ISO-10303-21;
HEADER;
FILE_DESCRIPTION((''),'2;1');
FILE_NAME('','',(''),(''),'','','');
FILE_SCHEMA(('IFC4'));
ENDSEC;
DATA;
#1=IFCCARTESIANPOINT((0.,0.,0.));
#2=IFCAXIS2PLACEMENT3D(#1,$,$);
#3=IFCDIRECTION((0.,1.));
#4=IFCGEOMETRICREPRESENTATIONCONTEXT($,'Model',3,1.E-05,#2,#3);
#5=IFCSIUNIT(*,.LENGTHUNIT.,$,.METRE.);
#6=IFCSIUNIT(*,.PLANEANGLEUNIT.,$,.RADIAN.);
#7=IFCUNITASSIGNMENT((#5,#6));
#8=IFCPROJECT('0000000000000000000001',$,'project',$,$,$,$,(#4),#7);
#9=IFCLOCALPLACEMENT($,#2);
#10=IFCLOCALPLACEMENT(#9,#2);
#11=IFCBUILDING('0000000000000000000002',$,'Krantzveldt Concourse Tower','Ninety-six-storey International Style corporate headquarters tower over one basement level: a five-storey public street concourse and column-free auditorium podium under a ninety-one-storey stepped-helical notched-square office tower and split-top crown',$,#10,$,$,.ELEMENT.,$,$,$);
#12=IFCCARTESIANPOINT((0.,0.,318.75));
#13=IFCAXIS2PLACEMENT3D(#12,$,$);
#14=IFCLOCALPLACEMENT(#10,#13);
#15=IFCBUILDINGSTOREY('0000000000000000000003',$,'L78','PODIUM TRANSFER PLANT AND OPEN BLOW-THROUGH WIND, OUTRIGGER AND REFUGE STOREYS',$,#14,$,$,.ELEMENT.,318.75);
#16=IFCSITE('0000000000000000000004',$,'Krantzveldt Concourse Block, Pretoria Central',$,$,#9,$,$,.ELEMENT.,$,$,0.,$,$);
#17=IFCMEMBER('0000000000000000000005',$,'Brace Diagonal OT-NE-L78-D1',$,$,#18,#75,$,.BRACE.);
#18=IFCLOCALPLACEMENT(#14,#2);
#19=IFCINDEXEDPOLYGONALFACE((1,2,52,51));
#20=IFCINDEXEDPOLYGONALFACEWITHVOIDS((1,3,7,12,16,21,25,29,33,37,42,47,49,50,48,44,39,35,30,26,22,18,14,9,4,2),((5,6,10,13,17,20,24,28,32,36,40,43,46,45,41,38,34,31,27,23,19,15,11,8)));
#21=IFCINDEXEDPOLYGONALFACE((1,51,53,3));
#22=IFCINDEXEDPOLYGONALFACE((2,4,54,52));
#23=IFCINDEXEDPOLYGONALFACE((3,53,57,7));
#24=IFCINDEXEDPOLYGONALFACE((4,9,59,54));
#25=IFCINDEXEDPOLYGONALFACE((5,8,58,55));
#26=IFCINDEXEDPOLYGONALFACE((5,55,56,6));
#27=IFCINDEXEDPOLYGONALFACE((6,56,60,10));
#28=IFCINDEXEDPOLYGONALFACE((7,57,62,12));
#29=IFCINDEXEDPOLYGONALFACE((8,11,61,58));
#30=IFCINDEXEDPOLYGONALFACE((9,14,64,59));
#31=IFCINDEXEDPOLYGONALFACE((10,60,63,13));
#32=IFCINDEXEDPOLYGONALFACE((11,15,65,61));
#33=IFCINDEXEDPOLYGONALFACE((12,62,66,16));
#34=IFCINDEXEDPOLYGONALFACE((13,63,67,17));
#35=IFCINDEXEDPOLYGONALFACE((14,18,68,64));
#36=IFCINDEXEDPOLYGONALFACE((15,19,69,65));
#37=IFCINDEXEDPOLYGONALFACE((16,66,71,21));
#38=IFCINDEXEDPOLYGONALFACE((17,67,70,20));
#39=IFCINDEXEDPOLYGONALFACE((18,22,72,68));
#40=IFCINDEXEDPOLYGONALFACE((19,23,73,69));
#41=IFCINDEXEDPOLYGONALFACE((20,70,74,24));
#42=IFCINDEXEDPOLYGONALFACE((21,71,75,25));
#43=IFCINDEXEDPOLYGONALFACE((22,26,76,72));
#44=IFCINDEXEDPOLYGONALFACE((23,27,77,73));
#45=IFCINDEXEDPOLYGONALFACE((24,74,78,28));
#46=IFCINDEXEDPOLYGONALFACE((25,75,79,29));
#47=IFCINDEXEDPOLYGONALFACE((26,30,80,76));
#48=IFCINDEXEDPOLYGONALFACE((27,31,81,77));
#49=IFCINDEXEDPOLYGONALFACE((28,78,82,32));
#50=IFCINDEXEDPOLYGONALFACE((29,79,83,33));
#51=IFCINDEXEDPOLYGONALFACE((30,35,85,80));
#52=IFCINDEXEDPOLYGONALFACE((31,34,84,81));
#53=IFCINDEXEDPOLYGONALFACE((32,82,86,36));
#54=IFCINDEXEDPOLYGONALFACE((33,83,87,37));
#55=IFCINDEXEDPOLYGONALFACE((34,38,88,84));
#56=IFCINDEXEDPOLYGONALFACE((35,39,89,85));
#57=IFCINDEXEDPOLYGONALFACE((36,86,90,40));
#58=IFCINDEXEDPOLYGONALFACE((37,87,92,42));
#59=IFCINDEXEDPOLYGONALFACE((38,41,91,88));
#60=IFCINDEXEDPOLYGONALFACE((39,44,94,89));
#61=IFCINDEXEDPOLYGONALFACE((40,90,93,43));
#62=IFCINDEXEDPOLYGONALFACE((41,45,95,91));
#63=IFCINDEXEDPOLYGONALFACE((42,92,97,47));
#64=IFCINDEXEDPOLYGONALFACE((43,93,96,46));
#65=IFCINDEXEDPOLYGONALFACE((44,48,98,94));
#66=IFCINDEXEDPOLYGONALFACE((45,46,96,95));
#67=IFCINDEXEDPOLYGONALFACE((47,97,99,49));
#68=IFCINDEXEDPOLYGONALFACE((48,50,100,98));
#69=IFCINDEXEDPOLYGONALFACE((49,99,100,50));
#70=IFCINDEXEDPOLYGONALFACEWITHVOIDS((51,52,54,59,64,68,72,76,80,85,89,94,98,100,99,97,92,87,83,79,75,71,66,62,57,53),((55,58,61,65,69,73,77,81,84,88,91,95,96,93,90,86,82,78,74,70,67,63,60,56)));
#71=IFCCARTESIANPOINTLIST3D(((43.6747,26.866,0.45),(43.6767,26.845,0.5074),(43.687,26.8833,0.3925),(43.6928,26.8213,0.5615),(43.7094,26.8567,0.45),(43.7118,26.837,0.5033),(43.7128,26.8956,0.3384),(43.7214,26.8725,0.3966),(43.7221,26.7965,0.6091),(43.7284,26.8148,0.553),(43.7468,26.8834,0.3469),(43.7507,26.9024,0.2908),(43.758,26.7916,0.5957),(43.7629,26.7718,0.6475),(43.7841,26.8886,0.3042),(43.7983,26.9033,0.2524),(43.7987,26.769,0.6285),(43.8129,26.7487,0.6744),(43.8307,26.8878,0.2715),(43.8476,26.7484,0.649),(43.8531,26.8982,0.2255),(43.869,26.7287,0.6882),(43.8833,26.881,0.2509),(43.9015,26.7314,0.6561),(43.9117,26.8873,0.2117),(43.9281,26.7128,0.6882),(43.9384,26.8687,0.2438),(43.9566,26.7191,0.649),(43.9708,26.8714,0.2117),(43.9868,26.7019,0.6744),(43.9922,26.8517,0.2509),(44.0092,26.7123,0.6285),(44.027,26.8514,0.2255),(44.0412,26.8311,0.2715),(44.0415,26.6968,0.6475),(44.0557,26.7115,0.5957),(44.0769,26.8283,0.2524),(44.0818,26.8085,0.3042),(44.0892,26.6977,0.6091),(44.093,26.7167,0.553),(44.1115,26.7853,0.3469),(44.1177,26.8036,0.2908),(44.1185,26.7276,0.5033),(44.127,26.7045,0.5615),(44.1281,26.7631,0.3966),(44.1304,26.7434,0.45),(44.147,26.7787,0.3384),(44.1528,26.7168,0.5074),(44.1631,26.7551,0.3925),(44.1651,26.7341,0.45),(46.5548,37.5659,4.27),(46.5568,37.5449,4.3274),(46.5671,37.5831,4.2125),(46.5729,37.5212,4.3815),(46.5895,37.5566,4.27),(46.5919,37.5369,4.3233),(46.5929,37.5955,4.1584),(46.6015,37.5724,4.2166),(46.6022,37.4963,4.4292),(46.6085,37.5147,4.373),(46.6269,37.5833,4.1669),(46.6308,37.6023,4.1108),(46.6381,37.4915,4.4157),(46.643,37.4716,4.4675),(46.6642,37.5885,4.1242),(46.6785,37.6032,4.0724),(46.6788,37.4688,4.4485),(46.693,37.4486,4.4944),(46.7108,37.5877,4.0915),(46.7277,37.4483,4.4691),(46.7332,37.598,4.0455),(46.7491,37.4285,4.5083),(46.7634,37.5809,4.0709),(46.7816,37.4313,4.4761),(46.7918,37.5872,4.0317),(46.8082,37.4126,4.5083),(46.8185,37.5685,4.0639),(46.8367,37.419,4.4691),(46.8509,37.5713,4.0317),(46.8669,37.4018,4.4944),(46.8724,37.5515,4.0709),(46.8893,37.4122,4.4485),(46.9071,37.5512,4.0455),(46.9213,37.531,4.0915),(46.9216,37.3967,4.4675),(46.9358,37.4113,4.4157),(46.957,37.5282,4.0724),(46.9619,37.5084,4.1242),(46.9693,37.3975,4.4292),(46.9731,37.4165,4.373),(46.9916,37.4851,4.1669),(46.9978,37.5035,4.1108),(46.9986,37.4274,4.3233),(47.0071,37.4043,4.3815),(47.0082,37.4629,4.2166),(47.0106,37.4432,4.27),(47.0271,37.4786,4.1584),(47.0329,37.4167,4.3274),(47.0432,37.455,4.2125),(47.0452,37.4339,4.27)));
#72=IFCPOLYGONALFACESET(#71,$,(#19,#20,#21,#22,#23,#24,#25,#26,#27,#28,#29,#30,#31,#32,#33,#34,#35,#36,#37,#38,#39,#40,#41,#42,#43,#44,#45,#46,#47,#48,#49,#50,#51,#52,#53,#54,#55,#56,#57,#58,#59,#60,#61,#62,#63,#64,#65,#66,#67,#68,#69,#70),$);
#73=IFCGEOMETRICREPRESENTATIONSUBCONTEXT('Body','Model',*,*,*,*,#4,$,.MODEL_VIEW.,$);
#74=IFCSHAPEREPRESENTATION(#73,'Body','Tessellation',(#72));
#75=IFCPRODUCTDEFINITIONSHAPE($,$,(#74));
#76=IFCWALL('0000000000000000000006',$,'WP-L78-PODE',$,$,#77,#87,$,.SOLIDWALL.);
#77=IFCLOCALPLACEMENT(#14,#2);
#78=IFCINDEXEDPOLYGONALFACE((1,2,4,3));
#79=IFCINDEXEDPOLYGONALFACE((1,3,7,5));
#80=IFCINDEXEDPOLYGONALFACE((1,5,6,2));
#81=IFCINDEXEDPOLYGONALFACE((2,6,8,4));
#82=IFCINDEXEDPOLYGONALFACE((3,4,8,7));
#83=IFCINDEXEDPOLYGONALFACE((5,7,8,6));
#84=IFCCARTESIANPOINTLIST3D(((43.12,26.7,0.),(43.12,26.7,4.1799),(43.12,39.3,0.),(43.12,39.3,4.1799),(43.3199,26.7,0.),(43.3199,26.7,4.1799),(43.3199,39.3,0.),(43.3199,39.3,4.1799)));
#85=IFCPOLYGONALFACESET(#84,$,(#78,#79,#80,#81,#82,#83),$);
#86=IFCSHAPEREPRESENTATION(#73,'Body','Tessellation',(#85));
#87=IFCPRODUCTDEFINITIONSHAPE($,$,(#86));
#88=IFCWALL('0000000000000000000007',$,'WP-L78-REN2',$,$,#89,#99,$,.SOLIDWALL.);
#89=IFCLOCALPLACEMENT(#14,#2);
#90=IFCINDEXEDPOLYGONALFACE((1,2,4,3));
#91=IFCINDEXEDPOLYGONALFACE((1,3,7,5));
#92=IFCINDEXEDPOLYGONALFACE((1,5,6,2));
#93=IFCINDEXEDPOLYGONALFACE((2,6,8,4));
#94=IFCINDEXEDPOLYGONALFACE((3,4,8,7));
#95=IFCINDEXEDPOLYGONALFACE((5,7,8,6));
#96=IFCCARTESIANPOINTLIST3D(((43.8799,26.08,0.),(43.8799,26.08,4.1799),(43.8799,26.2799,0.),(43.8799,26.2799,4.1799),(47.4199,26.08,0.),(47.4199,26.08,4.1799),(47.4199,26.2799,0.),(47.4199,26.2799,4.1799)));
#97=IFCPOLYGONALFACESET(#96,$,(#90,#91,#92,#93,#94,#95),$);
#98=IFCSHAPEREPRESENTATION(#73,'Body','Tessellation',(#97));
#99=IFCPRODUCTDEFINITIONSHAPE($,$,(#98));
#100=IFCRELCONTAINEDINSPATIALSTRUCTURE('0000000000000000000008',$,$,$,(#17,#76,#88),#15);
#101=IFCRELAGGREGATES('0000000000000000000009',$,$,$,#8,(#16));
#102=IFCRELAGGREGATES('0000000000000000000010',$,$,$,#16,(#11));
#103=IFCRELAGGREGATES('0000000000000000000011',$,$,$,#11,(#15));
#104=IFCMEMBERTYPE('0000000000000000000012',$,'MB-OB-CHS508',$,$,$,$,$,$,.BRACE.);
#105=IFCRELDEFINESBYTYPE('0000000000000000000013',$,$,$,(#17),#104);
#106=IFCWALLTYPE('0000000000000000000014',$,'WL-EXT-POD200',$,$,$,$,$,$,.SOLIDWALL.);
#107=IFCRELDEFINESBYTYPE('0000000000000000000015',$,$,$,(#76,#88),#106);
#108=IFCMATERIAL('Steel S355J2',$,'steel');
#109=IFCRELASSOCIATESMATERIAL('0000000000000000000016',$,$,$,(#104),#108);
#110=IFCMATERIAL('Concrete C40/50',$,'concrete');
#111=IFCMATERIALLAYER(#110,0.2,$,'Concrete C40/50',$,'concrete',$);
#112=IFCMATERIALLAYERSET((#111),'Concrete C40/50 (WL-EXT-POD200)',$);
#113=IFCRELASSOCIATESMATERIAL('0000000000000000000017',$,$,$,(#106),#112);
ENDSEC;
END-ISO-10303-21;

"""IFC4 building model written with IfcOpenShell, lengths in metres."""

from ifc_helpers import new_model, si_unit, direction, frame, frame_2d, origin, origin_2d, place, context, subcontext, project, spatial, rectangle, hollow_circle, extrude, source, transform, mapped, material, layer, layer_set, material_profile, profile_set, type_object, type_shapes, element, save


model = new_model("IFC4")

# Units and contexts
model_context = context("Model", 3, precision=1e-05, world=origin(), true_north=direction((0.0, 1.0)))
body_context = subcontext(model_context, "Body", "Model", "MODEL_VIEW")
ifc_project = project(units=[si_unit("LENGTHUNIT", "METRE"), si_unit("PLANEANGLEUNIT", "RADIAN")], contexts=[model_context])

# Site, building, storey
site_placement = place(None, origin())
site = spatial("IfcSite", under=ifc_project, at=site_placement, Name="Krantzveldt Concourse Block, Pretoria Central", CompositionType="ELEMENT", RefElevation=0.0)
building_placement = place(site_placement, origin())
building = spatial("IfcBuilding", under=site, at=building_placement, Name="Krantzveldt Concourse Tower", Description="Ninety-six-storey International Style corporate headquarters tower over one basement level: a five-storey public street concourse and column-free auditorium podium under a ninety-one-storey stepped-helical notched-square office tower and split-top crown", CompositionType="ELEMENT")
storey_placement = place(building_placement, frame((0.0, 0.0, 318.75)))
storey = spatial("IfcBuildingStorey", under=building, at=storey_placement, Name="L78", Description="PODIUM TRANSFER PLANT AND OPEN BLOW-THROUGH WIND, OUTRIGGER AND REFUGE STOREYS", CompositionType="ELEMENT", Elevation=318.75)

# Shared definitions
ifc_material_1 = material(Name="Steel S355J2", Category="steel")

# Member
ifc_material_profile_1 = material_profile(ifc_material_1, hollow_circle(Radius=0.2539, WallThickness=0.0359, at=origin_2d()), Name="Steel S355J2", Category="steel")
ifc_profile_set_1 = profile_set([ifc_material_profile_1], Name="Steel S355J2 - CHS 508x36")
member_type = type_object("IfcMemberType", Name="MB-OB-CHS508", PredefinedType="BRACE", material=ifc_profile_set_1)
shared_shape_1 = source(origin(), body_context, "Body", "SweptSolid", [
    extrude(hollow_circle(Radius=0.2539, WallThickness=0.0359, at=origin_2d()), origin(), (0.0, 0.0, 1.0), 11.7207),
])
type_shapes(member_type, [shared_shape_1])
member_placement = place(storey_placement, frame((43.9199, 26.8, 0.45), z_axis=(0.245728, 0.912903, 0.325922), x_axis=(-0.96563, 0.259921, 0.0)))
element("IfcMember", 1, at=member_placement, inside=storey, type_object=member_type, Name="Brace Diagonal OT-NE-L78-D1", PredefinedType="BRACE", context=body_context, shape_type="MappedRepresentation", body=[
    mapped(shared_shape_1, transform((0.0, 0.0, 0.0), x_axis=(1.0, 0.0, 0.0), y_axis=(0.0, 1.0, 0.0), z_axis=(0.0, 0.0, 1.0), scale=1.0)),
])

# Walls
ifc_material_2 = material(Name="Concrete C40/50", Category="concrete")
ifc_layer_1 = layer(ifc_material_2, 0.2, Name="Concrete C40/50", Category="concrete")
ifc_layer_set_1 = layer_set([ifc_layer_1], Name="Concrete C40/50 (WL-EXT-POD200)")
wall_type_1 = type_object("IfcWallType", Name="WL-EXT-POD200", PredefinedType="SOLIDWALL", material=ifc_layer_set_1)
wall_1_placement = place(storey_placement, frame((43.22, 26.7, 0.0), z_axis=(0.0, 0.0, 1.0), x_axis=(0.0, 1.0, 0.0)))
element("IfcWall", 2, at=wall_1_placement, inside=storey, type_object=wall_type_1, Name="WP-L78-PODE", PredefinedType="SOLIDWALL", context=body_context, shape_type="SweptSolid", body=[
    extrude(rectangle(XDim=12.6001, YDim=0.2, at=frame_2d((6.3, 0.0))), origin(), (0.0, 0.0, 1.0), 4.1799),
])
wall_2_placement = place(storey_placement, frame((43.8799, 26.1799, 0.0), z_axis=(0.0, 0.0, 1.0), x_axis=(1.0, 0.0, 0.0)))
element("IfcWall", 3, at=wall_2_placement, inside=storey, type_object=wall_type_1, Name="WP-L78-REN2", PredefinedType="SOLIDWALL", context=body_context, shape_type="SweptSolid", body=[
    extrude(rectangle(XDim=3.54, YDim=0.2, at=frame_2d((1.77, 0.0))), origin(), (0.0, 0.0, 1.0), 4.1799),
])

save(model, "model.ifc")
